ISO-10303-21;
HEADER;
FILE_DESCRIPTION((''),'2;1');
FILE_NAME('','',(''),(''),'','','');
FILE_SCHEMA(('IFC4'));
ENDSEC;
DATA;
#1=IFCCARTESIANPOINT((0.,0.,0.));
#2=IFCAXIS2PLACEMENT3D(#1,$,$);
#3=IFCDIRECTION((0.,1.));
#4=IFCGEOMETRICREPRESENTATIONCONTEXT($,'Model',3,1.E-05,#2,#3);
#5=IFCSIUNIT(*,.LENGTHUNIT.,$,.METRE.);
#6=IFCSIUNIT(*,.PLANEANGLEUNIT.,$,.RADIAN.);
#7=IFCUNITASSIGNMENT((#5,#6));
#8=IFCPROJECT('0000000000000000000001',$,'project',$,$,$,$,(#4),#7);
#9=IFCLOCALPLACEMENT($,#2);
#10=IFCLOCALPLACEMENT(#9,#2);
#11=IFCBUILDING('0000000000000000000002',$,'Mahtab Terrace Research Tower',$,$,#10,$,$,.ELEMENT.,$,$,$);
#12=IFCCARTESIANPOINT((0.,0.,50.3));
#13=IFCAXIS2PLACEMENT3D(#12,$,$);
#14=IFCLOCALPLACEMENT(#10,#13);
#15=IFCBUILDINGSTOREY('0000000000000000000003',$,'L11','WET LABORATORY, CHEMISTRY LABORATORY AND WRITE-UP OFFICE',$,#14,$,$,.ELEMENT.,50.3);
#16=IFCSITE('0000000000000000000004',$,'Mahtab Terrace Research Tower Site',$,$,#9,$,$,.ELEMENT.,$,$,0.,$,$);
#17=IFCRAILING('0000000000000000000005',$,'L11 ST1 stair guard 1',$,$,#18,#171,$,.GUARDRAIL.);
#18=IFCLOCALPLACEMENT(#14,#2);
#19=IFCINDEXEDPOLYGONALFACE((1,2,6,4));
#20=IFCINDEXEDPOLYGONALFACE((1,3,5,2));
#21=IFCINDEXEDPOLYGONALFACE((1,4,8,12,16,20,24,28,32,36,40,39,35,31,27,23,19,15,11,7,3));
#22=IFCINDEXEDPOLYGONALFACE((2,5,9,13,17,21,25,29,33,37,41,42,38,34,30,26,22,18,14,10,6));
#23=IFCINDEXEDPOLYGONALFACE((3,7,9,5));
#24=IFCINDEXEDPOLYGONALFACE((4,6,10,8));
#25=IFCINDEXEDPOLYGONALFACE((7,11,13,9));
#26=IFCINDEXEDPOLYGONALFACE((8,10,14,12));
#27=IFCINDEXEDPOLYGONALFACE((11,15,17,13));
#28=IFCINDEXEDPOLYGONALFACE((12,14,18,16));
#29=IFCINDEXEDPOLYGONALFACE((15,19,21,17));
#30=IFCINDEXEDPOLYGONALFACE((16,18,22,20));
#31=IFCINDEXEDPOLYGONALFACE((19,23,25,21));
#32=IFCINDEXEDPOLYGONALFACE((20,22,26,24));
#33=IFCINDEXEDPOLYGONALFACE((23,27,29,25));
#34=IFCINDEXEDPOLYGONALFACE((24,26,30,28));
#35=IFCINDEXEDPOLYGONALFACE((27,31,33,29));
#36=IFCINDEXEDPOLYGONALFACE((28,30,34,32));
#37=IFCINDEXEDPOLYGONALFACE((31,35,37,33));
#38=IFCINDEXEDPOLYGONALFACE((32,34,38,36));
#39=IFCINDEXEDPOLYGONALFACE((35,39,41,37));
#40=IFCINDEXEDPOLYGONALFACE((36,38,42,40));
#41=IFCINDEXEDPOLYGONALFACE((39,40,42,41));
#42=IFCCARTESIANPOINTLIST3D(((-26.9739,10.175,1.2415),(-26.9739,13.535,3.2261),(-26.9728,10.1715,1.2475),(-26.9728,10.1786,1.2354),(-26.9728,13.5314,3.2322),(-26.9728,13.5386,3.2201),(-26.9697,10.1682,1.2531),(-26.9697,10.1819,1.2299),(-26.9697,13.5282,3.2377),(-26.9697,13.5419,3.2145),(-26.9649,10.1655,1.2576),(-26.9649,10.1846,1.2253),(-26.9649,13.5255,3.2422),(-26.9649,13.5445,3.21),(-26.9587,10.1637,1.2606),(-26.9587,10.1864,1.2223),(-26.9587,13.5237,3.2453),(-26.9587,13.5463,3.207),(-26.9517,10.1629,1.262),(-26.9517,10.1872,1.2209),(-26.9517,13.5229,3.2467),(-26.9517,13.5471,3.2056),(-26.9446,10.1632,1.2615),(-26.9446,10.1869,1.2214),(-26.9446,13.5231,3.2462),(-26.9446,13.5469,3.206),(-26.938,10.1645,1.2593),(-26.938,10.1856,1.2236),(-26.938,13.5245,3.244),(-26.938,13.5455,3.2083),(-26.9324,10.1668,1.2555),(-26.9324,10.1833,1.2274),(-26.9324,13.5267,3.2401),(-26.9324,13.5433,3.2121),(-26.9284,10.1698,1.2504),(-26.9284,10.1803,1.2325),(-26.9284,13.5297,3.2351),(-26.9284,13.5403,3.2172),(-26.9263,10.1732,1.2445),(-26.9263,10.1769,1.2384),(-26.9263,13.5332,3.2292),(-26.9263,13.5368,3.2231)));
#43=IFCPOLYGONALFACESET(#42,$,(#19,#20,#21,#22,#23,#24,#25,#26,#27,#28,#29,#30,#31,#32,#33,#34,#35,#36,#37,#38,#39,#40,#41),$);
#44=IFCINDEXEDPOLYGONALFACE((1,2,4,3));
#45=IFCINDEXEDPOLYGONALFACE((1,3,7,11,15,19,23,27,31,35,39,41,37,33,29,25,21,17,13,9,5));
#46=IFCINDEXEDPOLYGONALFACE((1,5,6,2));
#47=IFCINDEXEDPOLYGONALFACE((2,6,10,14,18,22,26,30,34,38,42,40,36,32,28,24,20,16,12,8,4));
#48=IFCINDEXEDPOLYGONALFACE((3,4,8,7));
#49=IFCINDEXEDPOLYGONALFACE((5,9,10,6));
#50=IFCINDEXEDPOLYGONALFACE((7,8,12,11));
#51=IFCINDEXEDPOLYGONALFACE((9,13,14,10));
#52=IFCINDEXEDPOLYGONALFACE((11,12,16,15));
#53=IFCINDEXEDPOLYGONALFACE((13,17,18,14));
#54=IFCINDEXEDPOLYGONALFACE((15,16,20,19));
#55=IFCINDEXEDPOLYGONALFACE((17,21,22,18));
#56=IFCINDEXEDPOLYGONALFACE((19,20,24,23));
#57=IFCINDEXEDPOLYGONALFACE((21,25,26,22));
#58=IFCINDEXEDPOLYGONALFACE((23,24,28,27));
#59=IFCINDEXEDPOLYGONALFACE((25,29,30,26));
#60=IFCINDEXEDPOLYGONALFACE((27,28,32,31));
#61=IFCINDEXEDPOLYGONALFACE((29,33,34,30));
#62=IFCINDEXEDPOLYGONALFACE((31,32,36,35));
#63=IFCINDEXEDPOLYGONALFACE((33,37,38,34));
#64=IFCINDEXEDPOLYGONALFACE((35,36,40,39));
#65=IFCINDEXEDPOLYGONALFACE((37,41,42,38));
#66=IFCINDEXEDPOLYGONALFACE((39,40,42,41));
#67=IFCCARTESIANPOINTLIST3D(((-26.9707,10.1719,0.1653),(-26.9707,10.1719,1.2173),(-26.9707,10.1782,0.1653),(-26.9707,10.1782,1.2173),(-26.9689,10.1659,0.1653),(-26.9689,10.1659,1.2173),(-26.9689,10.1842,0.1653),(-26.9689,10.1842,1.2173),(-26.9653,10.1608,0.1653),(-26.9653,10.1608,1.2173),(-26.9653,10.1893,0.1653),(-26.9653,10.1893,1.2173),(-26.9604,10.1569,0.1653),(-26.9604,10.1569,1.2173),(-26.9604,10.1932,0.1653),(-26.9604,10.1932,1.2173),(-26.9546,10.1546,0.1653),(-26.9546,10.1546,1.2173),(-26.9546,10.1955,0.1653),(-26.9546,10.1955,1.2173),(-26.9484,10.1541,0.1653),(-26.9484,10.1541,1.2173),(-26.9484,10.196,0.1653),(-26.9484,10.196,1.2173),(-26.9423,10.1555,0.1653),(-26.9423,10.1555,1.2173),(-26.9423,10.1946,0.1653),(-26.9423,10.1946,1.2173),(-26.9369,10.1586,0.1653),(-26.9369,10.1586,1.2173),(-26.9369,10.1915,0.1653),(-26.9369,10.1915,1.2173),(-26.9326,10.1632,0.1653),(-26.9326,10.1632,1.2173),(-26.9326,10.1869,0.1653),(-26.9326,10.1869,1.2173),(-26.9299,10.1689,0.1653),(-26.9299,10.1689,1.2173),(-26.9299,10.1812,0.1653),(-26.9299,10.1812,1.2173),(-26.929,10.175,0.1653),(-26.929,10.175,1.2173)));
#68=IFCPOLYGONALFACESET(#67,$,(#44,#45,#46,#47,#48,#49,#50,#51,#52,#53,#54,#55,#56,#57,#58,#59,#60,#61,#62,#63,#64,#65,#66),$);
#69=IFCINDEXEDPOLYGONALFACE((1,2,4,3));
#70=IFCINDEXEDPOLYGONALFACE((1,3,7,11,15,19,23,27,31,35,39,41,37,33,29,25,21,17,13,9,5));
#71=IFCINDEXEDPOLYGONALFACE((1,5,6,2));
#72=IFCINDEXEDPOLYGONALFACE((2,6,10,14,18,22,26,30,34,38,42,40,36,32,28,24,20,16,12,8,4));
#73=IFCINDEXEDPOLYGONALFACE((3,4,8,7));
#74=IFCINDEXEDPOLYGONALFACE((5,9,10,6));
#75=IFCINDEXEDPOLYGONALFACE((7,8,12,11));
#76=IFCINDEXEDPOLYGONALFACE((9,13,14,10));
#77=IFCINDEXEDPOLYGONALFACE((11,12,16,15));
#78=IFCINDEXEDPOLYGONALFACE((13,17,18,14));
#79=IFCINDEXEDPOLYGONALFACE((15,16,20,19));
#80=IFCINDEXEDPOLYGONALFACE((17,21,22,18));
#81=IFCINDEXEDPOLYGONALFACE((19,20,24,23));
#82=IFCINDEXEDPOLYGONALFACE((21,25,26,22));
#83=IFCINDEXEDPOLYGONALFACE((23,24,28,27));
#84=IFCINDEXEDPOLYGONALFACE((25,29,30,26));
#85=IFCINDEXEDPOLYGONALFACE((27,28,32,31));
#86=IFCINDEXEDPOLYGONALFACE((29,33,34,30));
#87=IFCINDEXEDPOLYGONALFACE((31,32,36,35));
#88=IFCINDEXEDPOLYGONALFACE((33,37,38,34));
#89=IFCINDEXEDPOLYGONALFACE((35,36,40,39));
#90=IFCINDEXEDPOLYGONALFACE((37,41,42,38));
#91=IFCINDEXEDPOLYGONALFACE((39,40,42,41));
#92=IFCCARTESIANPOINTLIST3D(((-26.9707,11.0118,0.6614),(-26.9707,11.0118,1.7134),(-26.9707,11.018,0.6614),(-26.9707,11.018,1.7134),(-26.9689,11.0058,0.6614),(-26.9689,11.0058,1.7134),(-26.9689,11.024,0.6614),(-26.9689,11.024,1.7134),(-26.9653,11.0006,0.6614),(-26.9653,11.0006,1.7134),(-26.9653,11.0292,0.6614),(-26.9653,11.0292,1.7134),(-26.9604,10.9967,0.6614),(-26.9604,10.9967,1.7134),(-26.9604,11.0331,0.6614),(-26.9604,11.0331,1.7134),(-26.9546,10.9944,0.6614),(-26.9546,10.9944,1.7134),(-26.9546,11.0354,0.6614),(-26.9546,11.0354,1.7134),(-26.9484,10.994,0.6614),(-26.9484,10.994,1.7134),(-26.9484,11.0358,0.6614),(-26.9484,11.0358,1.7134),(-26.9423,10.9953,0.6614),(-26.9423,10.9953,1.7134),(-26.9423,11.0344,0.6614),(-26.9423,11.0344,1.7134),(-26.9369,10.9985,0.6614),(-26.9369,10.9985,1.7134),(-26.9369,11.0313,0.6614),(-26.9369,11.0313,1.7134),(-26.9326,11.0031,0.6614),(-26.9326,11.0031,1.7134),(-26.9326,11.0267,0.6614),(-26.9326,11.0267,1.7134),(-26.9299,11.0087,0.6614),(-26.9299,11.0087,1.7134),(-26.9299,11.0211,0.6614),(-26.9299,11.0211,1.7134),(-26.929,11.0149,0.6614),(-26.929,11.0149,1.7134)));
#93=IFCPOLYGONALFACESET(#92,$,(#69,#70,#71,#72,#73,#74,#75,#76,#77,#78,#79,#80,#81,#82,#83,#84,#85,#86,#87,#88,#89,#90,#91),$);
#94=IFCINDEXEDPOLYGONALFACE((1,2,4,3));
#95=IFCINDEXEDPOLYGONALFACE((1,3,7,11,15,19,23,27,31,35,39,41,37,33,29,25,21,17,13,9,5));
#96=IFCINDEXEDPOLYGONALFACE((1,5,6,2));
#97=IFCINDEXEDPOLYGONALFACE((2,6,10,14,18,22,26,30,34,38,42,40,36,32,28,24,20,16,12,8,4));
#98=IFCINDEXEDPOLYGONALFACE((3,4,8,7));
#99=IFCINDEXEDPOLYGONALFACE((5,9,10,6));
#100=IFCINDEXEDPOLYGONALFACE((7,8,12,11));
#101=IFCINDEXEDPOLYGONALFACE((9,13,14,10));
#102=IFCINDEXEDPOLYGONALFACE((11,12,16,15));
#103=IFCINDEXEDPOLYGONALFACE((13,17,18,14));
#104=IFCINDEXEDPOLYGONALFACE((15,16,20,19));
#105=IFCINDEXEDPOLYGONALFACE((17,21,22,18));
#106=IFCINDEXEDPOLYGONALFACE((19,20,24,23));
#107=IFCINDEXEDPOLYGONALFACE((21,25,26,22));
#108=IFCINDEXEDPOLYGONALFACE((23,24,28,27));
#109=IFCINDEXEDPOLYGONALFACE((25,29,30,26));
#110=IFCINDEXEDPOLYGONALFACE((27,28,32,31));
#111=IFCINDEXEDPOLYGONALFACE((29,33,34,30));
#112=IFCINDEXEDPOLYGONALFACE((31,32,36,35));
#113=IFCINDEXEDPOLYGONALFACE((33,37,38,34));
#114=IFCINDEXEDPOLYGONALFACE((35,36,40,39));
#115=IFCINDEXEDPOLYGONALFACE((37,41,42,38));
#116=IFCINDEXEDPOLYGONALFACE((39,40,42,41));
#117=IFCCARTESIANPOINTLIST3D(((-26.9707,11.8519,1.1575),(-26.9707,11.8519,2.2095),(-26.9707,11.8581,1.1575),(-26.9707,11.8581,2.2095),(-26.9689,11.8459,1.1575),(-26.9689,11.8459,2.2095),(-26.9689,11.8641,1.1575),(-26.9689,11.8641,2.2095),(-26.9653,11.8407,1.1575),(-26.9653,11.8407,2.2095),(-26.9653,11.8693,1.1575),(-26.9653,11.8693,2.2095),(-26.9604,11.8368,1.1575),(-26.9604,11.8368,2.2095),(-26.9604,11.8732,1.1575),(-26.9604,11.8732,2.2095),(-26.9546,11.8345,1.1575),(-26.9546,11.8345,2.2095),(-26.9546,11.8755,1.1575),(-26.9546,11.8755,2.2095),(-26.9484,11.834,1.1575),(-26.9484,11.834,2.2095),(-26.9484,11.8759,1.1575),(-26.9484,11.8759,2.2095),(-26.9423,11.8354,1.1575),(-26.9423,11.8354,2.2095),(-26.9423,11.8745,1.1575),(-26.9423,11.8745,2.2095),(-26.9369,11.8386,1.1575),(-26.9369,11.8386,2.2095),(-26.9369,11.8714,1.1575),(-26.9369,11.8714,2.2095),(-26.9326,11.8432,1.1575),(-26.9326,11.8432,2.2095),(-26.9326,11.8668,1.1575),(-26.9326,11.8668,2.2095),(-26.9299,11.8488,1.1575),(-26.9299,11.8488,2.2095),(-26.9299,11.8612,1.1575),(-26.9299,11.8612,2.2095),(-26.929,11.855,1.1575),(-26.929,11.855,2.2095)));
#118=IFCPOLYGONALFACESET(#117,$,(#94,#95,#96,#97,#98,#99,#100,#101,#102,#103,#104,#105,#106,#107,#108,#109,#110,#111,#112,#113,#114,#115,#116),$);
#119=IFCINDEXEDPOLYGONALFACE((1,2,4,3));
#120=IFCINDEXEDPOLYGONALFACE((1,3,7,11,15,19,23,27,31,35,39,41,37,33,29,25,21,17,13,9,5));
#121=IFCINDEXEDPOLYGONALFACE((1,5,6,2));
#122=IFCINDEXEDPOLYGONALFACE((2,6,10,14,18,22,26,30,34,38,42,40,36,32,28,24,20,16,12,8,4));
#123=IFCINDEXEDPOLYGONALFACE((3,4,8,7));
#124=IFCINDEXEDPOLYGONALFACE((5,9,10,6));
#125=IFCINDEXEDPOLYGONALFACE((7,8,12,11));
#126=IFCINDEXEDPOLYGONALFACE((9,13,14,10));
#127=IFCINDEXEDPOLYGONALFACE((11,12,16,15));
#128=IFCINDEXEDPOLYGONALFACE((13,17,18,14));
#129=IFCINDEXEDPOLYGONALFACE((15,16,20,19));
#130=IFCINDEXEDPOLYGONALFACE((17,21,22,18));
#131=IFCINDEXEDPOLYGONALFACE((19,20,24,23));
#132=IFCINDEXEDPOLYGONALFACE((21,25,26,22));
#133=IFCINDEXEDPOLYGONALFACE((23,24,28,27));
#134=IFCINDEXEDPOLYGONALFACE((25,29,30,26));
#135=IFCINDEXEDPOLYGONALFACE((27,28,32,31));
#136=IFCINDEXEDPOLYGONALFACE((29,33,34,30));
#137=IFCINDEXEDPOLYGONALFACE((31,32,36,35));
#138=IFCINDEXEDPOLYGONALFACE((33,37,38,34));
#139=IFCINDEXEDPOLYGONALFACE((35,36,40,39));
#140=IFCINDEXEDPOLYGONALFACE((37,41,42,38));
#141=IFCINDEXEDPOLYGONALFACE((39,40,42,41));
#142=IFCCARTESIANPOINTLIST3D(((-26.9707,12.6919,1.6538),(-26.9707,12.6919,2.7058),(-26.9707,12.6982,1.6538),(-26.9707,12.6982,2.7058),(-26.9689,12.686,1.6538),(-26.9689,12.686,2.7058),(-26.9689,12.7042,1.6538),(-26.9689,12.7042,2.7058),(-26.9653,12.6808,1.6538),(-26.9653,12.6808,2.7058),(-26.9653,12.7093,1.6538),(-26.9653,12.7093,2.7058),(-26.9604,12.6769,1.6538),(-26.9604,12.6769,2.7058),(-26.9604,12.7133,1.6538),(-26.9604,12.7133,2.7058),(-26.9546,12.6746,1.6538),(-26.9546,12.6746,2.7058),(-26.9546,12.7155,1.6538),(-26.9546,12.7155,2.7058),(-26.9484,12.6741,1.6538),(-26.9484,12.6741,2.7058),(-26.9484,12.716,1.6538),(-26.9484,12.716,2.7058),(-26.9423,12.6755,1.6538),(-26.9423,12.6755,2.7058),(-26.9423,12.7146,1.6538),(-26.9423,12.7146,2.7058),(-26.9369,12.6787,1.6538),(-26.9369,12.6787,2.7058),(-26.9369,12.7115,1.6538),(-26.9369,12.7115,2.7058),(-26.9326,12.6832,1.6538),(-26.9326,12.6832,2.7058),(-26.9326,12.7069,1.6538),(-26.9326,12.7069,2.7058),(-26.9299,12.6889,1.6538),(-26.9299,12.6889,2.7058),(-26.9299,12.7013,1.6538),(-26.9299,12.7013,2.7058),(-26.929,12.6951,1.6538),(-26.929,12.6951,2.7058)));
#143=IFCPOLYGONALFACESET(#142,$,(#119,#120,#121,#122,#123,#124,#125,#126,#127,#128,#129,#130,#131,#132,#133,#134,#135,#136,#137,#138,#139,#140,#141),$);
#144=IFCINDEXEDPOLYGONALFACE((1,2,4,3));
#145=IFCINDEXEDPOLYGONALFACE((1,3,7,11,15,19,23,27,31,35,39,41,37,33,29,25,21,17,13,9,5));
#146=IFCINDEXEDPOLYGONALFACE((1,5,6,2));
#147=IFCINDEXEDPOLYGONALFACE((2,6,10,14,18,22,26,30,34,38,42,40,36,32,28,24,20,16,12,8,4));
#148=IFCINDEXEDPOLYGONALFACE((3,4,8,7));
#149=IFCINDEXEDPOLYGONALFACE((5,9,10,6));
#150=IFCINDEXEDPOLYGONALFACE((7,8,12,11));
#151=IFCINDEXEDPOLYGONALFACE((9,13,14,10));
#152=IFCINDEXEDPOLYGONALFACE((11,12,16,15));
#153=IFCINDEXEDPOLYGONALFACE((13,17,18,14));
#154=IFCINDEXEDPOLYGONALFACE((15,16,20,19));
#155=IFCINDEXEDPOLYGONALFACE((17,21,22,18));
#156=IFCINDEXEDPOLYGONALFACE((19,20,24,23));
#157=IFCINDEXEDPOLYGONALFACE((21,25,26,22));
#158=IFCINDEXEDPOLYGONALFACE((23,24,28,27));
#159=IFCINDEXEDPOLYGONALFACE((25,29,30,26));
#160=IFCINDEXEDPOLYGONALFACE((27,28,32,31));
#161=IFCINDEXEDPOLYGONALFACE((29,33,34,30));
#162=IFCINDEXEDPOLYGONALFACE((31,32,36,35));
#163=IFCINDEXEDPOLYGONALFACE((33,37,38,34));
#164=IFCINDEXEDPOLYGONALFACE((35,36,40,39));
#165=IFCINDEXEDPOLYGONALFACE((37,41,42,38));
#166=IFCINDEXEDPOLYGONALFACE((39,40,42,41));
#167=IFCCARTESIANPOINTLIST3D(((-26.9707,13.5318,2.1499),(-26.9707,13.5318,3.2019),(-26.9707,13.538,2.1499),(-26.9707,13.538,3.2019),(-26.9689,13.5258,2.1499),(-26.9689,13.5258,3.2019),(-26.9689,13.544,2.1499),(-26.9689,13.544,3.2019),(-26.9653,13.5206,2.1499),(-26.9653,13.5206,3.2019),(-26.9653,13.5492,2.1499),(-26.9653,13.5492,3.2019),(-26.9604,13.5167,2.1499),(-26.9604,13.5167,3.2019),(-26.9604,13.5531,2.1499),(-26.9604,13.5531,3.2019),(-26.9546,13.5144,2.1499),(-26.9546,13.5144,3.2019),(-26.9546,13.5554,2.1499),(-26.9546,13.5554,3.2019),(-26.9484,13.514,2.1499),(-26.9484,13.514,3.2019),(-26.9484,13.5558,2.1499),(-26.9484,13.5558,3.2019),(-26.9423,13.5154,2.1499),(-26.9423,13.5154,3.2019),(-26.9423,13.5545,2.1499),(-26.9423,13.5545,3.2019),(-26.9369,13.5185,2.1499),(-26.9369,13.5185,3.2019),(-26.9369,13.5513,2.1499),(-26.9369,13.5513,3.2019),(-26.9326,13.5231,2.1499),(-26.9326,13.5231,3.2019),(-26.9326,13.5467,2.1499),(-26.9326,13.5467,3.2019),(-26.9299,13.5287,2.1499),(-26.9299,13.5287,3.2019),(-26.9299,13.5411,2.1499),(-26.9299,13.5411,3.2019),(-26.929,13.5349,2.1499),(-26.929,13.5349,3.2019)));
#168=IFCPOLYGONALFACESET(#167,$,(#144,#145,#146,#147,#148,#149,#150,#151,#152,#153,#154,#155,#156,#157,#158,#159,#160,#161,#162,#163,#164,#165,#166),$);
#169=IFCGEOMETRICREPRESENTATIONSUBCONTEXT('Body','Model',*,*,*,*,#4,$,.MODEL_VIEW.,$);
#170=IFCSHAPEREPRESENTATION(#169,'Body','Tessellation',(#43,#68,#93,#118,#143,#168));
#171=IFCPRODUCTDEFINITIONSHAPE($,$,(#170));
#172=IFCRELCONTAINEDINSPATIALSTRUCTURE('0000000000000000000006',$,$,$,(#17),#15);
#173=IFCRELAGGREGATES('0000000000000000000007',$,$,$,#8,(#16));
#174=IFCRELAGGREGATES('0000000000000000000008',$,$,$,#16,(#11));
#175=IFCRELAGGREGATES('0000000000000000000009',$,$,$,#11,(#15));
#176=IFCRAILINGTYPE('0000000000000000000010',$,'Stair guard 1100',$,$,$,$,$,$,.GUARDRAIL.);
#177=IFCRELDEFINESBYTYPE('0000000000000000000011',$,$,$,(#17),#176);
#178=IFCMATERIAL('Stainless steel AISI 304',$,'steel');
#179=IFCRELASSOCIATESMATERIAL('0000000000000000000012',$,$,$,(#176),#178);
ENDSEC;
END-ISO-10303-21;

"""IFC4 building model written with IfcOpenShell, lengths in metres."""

from ifc_helpers import new_model, si_unit, direction, frame, origin, origin_2d, place, context, subcontext, project, spatial, circle, extrude, material, type_object, element, save


model = new_model("IFC4")

# Units and contexts
model_context = context("Model", 3, precision=1e-05, world=origin(), true_north=direction((0.0, 1.0)))
body_context = subcontext(model_context, "Body", "Model", "MODEL_VIEW")
ifc_project = project(units=[si_unit("LENGTHUNIT", "METRE"), si_unit("PLANEANGLEUNIT", "RADIAN")], contexts=[model_context])

# Site, building, storey
site_placement = place(None, origin())
site = spatial("IfcSite", under=ifc_project, at=site_placement, Name="Mahtab Terrace Research Tower Site", CompositionType="ELEMENT", RefElevation=0.0)
building_placement = place(site_placement, origin())
building = spatial("IfcBuilding", under=site, at=building_placement, Name="Mahtab Terrace Research Tower", CompositionType="ELEMENT")
storey_placement = place(building_placement, frame((0.0, 0.0, 50.3)))
storey = spatial("IfcBuildingStorey", under=building, at=storey_placement, Name="L11", Description="WET LABORATORY, CHEMISTRY LABORATORY AND WRITE-UP OFFICE", CompositionType="ELEMENT", Elevation=50.3)

# Railing
ifc_material_1 = material(Name="Stainless steel AISI 304", Category="steel")
railing_type_1 = type_object("IfcRailingType", Name="Stair guard 1100", PredefinedType="GUARDRAIL", material=ifc_material_1)
railing_1_placement = place(storey_placement, frame((-26.95, 10.175, 0.1653)))
element("IfcRailing", 1, at=railing_1_placement, inside=storey, type_object=railing_type_1, Name="L11 ST1 stair guard 1", PredefinedType="GUARDRAIL", context=body_context, shape_type="SweptSolid", body=[
    extrude(circle(Radius=0.0239, at=origin_2d()), frame((0.0, 0.0, 1.0762), z_axis=(0.0, 0.861011, 0.508586), x_axis=(-1.0, 0.0, 0.0)), (0.0, 0.0, 1.0), 3.9023),
    extrude(circle(Radius=0.021, at=origin_2d()), origin(), (0.0, 0.0, 1.0), 1.052),
    extrude(circle(Radius=0.021, at=origin_2d()), frame((0.0, 0.8398, 0.4961)), (0.0, 0.0, 1.0), 1.052),
    extrude(circle(Radius=0.021, at=origin_2d()), frame((0.0, 1.6799, 0.9922)), (0.0, 0.0, 1.0), 1.052),
    extrude(circle(Radius=0.021, at=origin_2d()), frame((0.0, 2.52, 1.4885)), (0.0, 0.0, 1.0), 1.052),
    extrude(circle(Radius=0.021, at=origin_2d()), frame((0.0, 3.3599, 1.9846)), (0.0, 0.0, 1.0), 1.052),
])

save(model, "model.ifc")
